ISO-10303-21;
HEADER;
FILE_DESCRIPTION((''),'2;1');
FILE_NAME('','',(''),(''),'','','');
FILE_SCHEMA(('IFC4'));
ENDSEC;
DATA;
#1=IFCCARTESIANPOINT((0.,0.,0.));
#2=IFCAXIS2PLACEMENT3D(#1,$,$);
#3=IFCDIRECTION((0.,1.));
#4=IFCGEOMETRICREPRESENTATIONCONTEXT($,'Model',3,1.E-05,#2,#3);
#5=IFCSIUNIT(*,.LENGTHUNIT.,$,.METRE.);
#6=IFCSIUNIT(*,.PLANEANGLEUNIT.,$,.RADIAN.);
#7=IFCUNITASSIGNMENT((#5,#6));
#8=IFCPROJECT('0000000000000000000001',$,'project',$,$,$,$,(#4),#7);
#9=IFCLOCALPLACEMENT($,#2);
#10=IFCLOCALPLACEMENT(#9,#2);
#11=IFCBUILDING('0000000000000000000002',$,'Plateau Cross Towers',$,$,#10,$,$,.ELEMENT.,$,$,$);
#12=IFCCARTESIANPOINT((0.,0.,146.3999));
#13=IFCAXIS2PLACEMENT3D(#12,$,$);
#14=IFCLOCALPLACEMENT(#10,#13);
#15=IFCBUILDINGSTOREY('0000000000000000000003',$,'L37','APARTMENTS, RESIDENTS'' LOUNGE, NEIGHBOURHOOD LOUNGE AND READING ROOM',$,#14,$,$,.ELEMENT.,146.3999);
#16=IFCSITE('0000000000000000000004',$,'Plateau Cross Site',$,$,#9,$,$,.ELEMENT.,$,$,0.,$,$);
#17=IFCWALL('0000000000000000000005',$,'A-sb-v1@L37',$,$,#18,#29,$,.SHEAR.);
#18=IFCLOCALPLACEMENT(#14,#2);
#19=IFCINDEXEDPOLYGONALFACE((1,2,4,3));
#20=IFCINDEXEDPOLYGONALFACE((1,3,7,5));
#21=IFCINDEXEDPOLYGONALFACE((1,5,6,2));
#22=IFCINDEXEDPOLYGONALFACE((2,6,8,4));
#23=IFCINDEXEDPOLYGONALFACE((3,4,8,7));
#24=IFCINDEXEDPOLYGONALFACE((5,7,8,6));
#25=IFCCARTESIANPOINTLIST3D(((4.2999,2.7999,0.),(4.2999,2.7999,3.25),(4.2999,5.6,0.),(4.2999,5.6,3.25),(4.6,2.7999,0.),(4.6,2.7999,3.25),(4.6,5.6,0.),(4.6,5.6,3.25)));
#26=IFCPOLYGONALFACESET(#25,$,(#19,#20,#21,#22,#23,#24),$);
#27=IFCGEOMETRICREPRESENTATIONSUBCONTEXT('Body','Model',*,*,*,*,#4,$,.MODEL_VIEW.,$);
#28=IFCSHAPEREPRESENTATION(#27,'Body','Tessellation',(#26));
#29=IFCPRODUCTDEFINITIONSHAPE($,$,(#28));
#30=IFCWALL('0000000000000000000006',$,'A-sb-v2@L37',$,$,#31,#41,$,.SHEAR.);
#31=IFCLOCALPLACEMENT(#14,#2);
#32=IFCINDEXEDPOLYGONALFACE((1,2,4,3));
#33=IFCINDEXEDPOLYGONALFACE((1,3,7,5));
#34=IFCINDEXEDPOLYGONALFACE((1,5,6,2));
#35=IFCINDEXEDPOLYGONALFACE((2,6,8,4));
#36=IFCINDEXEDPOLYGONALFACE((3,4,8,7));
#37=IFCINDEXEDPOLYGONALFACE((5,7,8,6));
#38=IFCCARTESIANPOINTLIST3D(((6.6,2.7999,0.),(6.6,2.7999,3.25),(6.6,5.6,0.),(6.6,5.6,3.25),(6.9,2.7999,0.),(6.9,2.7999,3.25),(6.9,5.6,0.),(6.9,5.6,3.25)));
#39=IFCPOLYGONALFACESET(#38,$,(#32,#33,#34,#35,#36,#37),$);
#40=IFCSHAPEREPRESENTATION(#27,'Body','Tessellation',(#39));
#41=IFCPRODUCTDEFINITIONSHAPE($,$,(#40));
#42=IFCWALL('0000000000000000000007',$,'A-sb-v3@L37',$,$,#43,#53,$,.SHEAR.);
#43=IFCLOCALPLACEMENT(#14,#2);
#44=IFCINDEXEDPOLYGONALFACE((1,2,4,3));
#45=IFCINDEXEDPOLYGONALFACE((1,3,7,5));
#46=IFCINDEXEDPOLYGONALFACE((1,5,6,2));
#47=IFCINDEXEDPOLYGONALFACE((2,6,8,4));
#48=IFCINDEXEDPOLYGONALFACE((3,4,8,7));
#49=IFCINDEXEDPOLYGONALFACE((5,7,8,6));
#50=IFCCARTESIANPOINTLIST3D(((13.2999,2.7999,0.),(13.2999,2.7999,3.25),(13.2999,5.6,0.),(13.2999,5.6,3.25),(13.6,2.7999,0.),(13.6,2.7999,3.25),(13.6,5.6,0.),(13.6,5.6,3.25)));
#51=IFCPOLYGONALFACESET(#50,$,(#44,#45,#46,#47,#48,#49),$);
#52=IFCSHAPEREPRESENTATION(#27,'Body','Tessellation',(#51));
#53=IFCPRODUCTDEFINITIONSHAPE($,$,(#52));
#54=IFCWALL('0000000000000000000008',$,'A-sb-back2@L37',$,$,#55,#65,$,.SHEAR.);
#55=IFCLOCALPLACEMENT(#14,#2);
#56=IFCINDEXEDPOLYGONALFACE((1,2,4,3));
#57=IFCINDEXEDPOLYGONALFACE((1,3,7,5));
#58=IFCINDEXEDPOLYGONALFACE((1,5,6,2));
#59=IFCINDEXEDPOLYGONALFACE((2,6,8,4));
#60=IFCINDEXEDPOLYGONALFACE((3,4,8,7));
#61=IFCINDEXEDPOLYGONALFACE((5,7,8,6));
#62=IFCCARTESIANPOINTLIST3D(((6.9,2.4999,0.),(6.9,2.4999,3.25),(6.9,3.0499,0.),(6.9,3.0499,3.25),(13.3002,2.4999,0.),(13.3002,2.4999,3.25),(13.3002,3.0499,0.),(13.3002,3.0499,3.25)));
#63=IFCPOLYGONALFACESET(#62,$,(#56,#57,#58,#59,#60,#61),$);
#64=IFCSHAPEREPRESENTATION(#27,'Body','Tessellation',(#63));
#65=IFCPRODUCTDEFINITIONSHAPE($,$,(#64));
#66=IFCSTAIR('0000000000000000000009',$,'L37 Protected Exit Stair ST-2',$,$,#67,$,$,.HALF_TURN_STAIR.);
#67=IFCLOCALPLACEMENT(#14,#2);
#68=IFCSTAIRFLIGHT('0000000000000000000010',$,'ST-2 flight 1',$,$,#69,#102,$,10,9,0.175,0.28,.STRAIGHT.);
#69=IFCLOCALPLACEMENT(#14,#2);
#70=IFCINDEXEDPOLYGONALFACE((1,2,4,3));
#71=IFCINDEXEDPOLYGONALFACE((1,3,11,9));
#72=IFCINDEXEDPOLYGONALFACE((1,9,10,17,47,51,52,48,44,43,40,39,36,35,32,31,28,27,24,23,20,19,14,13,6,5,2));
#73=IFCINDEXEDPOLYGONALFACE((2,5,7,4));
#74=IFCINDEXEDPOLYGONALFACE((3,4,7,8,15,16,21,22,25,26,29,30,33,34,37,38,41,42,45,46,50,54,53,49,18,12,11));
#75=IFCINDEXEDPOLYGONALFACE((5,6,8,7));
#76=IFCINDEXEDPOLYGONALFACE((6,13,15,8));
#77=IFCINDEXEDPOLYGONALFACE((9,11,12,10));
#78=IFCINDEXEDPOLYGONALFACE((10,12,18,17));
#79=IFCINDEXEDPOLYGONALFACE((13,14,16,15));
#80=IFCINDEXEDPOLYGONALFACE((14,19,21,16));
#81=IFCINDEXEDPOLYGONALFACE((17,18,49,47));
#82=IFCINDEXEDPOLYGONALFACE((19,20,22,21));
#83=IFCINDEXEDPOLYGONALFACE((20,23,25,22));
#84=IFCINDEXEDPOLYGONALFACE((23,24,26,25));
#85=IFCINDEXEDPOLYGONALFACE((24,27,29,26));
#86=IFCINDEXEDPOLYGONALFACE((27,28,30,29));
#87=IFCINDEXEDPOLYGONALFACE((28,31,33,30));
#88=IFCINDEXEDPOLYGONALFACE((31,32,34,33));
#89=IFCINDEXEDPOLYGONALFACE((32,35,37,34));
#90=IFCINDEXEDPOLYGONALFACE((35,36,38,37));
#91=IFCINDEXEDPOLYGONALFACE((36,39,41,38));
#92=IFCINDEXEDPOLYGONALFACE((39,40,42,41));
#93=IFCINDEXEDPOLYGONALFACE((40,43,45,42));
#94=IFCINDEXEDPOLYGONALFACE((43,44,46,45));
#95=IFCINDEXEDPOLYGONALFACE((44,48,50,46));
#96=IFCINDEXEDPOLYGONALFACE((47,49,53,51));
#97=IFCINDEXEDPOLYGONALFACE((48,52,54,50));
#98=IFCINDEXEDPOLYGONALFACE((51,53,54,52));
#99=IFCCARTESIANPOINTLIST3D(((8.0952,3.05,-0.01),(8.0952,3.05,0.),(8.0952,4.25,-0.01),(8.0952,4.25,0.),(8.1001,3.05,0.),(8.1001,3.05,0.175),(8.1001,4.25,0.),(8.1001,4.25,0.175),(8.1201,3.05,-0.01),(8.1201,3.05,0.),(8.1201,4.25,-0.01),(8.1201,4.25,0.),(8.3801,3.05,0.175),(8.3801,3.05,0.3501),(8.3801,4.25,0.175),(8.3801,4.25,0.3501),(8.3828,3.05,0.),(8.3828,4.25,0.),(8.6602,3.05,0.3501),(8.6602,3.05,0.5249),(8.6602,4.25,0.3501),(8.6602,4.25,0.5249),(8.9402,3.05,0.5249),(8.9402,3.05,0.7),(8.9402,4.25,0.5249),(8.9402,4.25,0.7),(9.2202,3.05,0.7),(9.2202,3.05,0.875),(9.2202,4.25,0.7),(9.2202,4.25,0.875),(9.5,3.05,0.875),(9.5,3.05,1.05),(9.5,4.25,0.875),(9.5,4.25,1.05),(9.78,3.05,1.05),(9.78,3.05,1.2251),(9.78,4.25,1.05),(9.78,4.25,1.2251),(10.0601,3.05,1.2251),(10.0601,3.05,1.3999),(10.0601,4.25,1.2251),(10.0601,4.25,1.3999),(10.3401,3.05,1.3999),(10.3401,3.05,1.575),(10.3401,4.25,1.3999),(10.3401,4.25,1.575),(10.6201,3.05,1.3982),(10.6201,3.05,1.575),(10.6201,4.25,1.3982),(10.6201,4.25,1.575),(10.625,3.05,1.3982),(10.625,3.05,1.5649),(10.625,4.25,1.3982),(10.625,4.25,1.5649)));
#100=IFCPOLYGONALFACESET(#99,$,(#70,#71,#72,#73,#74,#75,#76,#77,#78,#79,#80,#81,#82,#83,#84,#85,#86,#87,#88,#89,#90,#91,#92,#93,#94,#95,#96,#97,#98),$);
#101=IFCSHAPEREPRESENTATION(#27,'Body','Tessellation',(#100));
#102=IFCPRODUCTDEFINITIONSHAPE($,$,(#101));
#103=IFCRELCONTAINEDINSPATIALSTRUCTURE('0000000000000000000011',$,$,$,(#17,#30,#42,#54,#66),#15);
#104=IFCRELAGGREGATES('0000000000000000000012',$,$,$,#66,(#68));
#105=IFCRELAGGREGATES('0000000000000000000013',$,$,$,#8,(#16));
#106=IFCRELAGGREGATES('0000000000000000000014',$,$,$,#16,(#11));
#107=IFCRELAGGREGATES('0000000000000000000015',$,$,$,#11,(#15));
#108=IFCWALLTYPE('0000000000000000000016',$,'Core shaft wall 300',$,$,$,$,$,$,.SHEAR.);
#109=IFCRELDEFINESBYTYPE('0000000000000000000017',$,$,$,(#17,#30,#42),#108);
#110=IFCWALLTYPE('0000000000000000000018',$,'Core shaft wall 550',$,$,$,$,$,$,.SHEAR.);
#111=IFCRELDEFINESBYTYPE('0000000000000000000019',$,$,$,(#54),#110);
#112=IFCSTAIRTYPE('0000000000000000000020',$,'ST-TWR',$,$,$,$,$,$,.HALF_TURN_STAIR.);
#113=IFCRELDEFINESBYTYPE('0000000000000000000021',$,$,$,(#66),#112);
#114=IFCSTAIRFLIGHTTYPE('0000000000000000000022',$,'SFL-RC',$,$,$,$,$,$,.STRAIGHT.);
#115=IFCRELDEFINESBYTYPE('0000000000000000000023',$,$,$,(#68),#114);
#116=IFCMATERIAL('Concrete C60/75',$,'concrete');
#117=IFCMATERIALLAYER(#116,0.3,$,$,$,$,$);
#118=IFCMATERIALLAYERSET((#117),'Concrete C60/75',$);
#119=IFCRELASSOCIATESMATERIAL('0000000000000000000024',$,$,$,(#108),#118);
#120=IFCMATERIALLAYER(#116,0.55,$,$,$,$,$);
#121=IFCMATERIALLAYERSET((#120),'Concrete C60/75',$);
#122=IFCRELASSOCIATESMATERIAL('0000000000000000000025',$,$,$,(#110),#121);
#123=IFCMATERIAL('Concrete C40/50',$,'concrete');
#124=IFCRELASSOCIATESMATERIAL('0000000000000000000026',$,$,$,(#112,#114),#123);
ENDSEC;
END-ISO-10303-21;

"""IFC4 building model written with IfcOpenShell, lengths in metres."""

from ifc_helpers import new_model, si_unit, direction, frame, frame_2d, origin, place, context, subcontext, project, spatial, polyline, rectangle, outline, extrude, material, layer, layer_set, type_object, element, aggregate, save


model = new_model("IFC4")

# Units and contexts
model_context = context("Model", 3, precision=1e-05, world=origin(), true_north=direction((0.0, 1.0)))
body_context = subcontext(model_context, "Body", "Model", "MODEL_VIEW")
ifc_project = project(units=[si_unit("LENGTHUNIT", "METRE"), si_unit("PLANEANGLEUNIT", "RADIAN")], contexts=[model_context])

# Site, building, storey
site_placement = place(None, origin())
site = spatial("IfcSite", under=ifc_project, at=site_placement, Name="Plateau Cross Site", CompositionType="ELEMENT", RefElevation=0.0)
building_placement = place(site_placement, origin())
building = spatial("IfcBuilding", under=site, at=building_placement, Name="Plateau Cross Towers", CompositionType="ELEMENT")
storey_placement = place(building_placement, frame((0.0, 0.0, 146.3999)))
storey = spatial("IfcBuildingStorey", under=building, at=storey_placement, Name="L37", Description="APARTMENTS, RESIDENTS' LOUNGE, NEIGHBOURHOOD LOUNGE AND READING ROOM", CompositionType="ELEMENT", Elevation=146.3999)

# Walls
ifc_material_1 = material(Name="Concrete C60/75", Category="concrete")
ifc_layer_1 = layer(ifc_material_1, 0.3)
ifc_layer_set_1 = layer_set([ifc_layer_1], Name="Concrete C60/75")
wall_type_1 = type_object("IfcWallType", Name="Core shaft wall 300", PredefinedType="SHEAR", material=ifc_layer_set_1)
for number, where, z_axis, x_axis, name in (
    (1, (4.45, 2.8, 0.0), (0.0, 0.0, 1.0), (0.0, 1.0, 0.0), "A-sb-v1@L37"),
    (2, (6.75, 2.8, 0.0), (0.0, 0.0, 1.0), (0.0, 1.0, 0.0), "A-sb-v2@L37"),
    (3, (13.45, 2.8, 0.0), (0.0, 0.0, 1.0), (0.0, 1.0, 0.0), "A-sb-v3@L37"),
):
    element("IfcWall", number, at=place(storey_placement, frame(where, z_axis=z_axis, x_axis=x_axis)), inside=storey, type_object=wall_type_1, Name=name, PredefinedType="SHEAR", context=body_context, shape_type="SweptSolid", body=[
        extrude(rectangle(XDim=2.8, YDim=0.3, at=frame_2d((1.3999, 0.0))), origin(), (0.0, 0.0, 1.0), 3.25),
    ])
ifc_layer_2 = layer(ifc_material_1, 0.55)
ifc_layer_set_2 = layer_set([ifc_layer_2], Name="Concrete C60/75")
wall_type_2 = type_object("IfcWallType", Name="Core shaft wall 550", PredefinedType="SHEAR", material=ifc_layer_set_2)
wall_1_placement = place(storey_placement, frame((6.8999, 2.7749, 0.0), z_axis=(0.0, 0.0, 1.0), x_axis=(1.0, 0.0, 0.0)))
element("IfcWall", 4, at=wall_1_placement, inside=storey, type_object=wall_type_2, Name="A-sb-back2@L37", PredefinedType="SHEAR", context=body_context, shape_type="SweptSolid", body=[
    extrude(rectangle(XDim=6.4001, YDim=0.55, at=frame_2d((3.2002, 0.0))), origin(), (0.0, 0.0, 1.0), 3.25),
])

# Stair, stair flight
ifc_material_2 = material(Name="Concrete C40/50", Category="concrete")
stair_type = type_object("IfcStairType", Name="ST-TWR", PredefinedType="HALF_TURN_STAIR", material=ifc_material_2)
stair_placement = place(storey_placement, origin())
stair = element("IfcStair", 5, at=stair_placement, inside=storey, type_object=stair_type, Name="L37 Protected Exit Stair ST-2", PredefinedType="HALF_TURN_STAIR")
stair_flight_type = type_object("IfcStairFlightType", Name="SFL-RC", PredefinedType="STRAIGHT", material=ifc_material_2)
stair_flight_placement = place(storey_placement, frame((8.1001, 3.6499, 0.0), z_axis=(0.0, 0.0, 1.0), x_axis=(1.0, 0.0, 0.0)))
stair_flight = element("IfcStairFlight", 6, at=stair_flight_placement, type_object=stair_flight_type, Name="ST-2 flight 1", NumberOfRisers=10, NumberOfTreads=9, PredefinedType="STRAIGHT", RiserHeight=0.175, TreadLength=0.28, context=body_context, shape_type="SweptSolid", body=[
    extrude(outline(polyline([(-0.0049, -0.01), (-0.0049, 0.0), (0.0, 0.0), (0.0, 0.175), (0.28, 0.175), (0.28, 0.3501), (0.5601, 0.3501), (0.5601, 0.5249), (0.8401, 0.5249), (0.8401, 0.7), (1.1201, 0.7), (1.1201, 0.875), (1.3999, 0.875), (1.3999, 1.05), (1.6799, 1.05), (1.6799, 1.2251), (1.96, 1.2251), (1.96, 1.3999), (2.24, 1.3999), (2.24, 1.575), (2.52, 1.575), (2.5249, 1.5649), (2.5249, 1.3982), (2.52, 1.3982), (0.2827, 0.0), (0.02, 0.0), (0.02, -0.01), (-0.0049, -0.01)])), frame((0.0, 0.6001, 0.0), z_axis=(0.0, -1.0, 0.0), x_axis=(1.0, 0.0, 0.0)), (0.0, 0.0, 1.0), 1.2),
])
aggregate(stair, [stair_flight])

save(model, "model.ifc")
